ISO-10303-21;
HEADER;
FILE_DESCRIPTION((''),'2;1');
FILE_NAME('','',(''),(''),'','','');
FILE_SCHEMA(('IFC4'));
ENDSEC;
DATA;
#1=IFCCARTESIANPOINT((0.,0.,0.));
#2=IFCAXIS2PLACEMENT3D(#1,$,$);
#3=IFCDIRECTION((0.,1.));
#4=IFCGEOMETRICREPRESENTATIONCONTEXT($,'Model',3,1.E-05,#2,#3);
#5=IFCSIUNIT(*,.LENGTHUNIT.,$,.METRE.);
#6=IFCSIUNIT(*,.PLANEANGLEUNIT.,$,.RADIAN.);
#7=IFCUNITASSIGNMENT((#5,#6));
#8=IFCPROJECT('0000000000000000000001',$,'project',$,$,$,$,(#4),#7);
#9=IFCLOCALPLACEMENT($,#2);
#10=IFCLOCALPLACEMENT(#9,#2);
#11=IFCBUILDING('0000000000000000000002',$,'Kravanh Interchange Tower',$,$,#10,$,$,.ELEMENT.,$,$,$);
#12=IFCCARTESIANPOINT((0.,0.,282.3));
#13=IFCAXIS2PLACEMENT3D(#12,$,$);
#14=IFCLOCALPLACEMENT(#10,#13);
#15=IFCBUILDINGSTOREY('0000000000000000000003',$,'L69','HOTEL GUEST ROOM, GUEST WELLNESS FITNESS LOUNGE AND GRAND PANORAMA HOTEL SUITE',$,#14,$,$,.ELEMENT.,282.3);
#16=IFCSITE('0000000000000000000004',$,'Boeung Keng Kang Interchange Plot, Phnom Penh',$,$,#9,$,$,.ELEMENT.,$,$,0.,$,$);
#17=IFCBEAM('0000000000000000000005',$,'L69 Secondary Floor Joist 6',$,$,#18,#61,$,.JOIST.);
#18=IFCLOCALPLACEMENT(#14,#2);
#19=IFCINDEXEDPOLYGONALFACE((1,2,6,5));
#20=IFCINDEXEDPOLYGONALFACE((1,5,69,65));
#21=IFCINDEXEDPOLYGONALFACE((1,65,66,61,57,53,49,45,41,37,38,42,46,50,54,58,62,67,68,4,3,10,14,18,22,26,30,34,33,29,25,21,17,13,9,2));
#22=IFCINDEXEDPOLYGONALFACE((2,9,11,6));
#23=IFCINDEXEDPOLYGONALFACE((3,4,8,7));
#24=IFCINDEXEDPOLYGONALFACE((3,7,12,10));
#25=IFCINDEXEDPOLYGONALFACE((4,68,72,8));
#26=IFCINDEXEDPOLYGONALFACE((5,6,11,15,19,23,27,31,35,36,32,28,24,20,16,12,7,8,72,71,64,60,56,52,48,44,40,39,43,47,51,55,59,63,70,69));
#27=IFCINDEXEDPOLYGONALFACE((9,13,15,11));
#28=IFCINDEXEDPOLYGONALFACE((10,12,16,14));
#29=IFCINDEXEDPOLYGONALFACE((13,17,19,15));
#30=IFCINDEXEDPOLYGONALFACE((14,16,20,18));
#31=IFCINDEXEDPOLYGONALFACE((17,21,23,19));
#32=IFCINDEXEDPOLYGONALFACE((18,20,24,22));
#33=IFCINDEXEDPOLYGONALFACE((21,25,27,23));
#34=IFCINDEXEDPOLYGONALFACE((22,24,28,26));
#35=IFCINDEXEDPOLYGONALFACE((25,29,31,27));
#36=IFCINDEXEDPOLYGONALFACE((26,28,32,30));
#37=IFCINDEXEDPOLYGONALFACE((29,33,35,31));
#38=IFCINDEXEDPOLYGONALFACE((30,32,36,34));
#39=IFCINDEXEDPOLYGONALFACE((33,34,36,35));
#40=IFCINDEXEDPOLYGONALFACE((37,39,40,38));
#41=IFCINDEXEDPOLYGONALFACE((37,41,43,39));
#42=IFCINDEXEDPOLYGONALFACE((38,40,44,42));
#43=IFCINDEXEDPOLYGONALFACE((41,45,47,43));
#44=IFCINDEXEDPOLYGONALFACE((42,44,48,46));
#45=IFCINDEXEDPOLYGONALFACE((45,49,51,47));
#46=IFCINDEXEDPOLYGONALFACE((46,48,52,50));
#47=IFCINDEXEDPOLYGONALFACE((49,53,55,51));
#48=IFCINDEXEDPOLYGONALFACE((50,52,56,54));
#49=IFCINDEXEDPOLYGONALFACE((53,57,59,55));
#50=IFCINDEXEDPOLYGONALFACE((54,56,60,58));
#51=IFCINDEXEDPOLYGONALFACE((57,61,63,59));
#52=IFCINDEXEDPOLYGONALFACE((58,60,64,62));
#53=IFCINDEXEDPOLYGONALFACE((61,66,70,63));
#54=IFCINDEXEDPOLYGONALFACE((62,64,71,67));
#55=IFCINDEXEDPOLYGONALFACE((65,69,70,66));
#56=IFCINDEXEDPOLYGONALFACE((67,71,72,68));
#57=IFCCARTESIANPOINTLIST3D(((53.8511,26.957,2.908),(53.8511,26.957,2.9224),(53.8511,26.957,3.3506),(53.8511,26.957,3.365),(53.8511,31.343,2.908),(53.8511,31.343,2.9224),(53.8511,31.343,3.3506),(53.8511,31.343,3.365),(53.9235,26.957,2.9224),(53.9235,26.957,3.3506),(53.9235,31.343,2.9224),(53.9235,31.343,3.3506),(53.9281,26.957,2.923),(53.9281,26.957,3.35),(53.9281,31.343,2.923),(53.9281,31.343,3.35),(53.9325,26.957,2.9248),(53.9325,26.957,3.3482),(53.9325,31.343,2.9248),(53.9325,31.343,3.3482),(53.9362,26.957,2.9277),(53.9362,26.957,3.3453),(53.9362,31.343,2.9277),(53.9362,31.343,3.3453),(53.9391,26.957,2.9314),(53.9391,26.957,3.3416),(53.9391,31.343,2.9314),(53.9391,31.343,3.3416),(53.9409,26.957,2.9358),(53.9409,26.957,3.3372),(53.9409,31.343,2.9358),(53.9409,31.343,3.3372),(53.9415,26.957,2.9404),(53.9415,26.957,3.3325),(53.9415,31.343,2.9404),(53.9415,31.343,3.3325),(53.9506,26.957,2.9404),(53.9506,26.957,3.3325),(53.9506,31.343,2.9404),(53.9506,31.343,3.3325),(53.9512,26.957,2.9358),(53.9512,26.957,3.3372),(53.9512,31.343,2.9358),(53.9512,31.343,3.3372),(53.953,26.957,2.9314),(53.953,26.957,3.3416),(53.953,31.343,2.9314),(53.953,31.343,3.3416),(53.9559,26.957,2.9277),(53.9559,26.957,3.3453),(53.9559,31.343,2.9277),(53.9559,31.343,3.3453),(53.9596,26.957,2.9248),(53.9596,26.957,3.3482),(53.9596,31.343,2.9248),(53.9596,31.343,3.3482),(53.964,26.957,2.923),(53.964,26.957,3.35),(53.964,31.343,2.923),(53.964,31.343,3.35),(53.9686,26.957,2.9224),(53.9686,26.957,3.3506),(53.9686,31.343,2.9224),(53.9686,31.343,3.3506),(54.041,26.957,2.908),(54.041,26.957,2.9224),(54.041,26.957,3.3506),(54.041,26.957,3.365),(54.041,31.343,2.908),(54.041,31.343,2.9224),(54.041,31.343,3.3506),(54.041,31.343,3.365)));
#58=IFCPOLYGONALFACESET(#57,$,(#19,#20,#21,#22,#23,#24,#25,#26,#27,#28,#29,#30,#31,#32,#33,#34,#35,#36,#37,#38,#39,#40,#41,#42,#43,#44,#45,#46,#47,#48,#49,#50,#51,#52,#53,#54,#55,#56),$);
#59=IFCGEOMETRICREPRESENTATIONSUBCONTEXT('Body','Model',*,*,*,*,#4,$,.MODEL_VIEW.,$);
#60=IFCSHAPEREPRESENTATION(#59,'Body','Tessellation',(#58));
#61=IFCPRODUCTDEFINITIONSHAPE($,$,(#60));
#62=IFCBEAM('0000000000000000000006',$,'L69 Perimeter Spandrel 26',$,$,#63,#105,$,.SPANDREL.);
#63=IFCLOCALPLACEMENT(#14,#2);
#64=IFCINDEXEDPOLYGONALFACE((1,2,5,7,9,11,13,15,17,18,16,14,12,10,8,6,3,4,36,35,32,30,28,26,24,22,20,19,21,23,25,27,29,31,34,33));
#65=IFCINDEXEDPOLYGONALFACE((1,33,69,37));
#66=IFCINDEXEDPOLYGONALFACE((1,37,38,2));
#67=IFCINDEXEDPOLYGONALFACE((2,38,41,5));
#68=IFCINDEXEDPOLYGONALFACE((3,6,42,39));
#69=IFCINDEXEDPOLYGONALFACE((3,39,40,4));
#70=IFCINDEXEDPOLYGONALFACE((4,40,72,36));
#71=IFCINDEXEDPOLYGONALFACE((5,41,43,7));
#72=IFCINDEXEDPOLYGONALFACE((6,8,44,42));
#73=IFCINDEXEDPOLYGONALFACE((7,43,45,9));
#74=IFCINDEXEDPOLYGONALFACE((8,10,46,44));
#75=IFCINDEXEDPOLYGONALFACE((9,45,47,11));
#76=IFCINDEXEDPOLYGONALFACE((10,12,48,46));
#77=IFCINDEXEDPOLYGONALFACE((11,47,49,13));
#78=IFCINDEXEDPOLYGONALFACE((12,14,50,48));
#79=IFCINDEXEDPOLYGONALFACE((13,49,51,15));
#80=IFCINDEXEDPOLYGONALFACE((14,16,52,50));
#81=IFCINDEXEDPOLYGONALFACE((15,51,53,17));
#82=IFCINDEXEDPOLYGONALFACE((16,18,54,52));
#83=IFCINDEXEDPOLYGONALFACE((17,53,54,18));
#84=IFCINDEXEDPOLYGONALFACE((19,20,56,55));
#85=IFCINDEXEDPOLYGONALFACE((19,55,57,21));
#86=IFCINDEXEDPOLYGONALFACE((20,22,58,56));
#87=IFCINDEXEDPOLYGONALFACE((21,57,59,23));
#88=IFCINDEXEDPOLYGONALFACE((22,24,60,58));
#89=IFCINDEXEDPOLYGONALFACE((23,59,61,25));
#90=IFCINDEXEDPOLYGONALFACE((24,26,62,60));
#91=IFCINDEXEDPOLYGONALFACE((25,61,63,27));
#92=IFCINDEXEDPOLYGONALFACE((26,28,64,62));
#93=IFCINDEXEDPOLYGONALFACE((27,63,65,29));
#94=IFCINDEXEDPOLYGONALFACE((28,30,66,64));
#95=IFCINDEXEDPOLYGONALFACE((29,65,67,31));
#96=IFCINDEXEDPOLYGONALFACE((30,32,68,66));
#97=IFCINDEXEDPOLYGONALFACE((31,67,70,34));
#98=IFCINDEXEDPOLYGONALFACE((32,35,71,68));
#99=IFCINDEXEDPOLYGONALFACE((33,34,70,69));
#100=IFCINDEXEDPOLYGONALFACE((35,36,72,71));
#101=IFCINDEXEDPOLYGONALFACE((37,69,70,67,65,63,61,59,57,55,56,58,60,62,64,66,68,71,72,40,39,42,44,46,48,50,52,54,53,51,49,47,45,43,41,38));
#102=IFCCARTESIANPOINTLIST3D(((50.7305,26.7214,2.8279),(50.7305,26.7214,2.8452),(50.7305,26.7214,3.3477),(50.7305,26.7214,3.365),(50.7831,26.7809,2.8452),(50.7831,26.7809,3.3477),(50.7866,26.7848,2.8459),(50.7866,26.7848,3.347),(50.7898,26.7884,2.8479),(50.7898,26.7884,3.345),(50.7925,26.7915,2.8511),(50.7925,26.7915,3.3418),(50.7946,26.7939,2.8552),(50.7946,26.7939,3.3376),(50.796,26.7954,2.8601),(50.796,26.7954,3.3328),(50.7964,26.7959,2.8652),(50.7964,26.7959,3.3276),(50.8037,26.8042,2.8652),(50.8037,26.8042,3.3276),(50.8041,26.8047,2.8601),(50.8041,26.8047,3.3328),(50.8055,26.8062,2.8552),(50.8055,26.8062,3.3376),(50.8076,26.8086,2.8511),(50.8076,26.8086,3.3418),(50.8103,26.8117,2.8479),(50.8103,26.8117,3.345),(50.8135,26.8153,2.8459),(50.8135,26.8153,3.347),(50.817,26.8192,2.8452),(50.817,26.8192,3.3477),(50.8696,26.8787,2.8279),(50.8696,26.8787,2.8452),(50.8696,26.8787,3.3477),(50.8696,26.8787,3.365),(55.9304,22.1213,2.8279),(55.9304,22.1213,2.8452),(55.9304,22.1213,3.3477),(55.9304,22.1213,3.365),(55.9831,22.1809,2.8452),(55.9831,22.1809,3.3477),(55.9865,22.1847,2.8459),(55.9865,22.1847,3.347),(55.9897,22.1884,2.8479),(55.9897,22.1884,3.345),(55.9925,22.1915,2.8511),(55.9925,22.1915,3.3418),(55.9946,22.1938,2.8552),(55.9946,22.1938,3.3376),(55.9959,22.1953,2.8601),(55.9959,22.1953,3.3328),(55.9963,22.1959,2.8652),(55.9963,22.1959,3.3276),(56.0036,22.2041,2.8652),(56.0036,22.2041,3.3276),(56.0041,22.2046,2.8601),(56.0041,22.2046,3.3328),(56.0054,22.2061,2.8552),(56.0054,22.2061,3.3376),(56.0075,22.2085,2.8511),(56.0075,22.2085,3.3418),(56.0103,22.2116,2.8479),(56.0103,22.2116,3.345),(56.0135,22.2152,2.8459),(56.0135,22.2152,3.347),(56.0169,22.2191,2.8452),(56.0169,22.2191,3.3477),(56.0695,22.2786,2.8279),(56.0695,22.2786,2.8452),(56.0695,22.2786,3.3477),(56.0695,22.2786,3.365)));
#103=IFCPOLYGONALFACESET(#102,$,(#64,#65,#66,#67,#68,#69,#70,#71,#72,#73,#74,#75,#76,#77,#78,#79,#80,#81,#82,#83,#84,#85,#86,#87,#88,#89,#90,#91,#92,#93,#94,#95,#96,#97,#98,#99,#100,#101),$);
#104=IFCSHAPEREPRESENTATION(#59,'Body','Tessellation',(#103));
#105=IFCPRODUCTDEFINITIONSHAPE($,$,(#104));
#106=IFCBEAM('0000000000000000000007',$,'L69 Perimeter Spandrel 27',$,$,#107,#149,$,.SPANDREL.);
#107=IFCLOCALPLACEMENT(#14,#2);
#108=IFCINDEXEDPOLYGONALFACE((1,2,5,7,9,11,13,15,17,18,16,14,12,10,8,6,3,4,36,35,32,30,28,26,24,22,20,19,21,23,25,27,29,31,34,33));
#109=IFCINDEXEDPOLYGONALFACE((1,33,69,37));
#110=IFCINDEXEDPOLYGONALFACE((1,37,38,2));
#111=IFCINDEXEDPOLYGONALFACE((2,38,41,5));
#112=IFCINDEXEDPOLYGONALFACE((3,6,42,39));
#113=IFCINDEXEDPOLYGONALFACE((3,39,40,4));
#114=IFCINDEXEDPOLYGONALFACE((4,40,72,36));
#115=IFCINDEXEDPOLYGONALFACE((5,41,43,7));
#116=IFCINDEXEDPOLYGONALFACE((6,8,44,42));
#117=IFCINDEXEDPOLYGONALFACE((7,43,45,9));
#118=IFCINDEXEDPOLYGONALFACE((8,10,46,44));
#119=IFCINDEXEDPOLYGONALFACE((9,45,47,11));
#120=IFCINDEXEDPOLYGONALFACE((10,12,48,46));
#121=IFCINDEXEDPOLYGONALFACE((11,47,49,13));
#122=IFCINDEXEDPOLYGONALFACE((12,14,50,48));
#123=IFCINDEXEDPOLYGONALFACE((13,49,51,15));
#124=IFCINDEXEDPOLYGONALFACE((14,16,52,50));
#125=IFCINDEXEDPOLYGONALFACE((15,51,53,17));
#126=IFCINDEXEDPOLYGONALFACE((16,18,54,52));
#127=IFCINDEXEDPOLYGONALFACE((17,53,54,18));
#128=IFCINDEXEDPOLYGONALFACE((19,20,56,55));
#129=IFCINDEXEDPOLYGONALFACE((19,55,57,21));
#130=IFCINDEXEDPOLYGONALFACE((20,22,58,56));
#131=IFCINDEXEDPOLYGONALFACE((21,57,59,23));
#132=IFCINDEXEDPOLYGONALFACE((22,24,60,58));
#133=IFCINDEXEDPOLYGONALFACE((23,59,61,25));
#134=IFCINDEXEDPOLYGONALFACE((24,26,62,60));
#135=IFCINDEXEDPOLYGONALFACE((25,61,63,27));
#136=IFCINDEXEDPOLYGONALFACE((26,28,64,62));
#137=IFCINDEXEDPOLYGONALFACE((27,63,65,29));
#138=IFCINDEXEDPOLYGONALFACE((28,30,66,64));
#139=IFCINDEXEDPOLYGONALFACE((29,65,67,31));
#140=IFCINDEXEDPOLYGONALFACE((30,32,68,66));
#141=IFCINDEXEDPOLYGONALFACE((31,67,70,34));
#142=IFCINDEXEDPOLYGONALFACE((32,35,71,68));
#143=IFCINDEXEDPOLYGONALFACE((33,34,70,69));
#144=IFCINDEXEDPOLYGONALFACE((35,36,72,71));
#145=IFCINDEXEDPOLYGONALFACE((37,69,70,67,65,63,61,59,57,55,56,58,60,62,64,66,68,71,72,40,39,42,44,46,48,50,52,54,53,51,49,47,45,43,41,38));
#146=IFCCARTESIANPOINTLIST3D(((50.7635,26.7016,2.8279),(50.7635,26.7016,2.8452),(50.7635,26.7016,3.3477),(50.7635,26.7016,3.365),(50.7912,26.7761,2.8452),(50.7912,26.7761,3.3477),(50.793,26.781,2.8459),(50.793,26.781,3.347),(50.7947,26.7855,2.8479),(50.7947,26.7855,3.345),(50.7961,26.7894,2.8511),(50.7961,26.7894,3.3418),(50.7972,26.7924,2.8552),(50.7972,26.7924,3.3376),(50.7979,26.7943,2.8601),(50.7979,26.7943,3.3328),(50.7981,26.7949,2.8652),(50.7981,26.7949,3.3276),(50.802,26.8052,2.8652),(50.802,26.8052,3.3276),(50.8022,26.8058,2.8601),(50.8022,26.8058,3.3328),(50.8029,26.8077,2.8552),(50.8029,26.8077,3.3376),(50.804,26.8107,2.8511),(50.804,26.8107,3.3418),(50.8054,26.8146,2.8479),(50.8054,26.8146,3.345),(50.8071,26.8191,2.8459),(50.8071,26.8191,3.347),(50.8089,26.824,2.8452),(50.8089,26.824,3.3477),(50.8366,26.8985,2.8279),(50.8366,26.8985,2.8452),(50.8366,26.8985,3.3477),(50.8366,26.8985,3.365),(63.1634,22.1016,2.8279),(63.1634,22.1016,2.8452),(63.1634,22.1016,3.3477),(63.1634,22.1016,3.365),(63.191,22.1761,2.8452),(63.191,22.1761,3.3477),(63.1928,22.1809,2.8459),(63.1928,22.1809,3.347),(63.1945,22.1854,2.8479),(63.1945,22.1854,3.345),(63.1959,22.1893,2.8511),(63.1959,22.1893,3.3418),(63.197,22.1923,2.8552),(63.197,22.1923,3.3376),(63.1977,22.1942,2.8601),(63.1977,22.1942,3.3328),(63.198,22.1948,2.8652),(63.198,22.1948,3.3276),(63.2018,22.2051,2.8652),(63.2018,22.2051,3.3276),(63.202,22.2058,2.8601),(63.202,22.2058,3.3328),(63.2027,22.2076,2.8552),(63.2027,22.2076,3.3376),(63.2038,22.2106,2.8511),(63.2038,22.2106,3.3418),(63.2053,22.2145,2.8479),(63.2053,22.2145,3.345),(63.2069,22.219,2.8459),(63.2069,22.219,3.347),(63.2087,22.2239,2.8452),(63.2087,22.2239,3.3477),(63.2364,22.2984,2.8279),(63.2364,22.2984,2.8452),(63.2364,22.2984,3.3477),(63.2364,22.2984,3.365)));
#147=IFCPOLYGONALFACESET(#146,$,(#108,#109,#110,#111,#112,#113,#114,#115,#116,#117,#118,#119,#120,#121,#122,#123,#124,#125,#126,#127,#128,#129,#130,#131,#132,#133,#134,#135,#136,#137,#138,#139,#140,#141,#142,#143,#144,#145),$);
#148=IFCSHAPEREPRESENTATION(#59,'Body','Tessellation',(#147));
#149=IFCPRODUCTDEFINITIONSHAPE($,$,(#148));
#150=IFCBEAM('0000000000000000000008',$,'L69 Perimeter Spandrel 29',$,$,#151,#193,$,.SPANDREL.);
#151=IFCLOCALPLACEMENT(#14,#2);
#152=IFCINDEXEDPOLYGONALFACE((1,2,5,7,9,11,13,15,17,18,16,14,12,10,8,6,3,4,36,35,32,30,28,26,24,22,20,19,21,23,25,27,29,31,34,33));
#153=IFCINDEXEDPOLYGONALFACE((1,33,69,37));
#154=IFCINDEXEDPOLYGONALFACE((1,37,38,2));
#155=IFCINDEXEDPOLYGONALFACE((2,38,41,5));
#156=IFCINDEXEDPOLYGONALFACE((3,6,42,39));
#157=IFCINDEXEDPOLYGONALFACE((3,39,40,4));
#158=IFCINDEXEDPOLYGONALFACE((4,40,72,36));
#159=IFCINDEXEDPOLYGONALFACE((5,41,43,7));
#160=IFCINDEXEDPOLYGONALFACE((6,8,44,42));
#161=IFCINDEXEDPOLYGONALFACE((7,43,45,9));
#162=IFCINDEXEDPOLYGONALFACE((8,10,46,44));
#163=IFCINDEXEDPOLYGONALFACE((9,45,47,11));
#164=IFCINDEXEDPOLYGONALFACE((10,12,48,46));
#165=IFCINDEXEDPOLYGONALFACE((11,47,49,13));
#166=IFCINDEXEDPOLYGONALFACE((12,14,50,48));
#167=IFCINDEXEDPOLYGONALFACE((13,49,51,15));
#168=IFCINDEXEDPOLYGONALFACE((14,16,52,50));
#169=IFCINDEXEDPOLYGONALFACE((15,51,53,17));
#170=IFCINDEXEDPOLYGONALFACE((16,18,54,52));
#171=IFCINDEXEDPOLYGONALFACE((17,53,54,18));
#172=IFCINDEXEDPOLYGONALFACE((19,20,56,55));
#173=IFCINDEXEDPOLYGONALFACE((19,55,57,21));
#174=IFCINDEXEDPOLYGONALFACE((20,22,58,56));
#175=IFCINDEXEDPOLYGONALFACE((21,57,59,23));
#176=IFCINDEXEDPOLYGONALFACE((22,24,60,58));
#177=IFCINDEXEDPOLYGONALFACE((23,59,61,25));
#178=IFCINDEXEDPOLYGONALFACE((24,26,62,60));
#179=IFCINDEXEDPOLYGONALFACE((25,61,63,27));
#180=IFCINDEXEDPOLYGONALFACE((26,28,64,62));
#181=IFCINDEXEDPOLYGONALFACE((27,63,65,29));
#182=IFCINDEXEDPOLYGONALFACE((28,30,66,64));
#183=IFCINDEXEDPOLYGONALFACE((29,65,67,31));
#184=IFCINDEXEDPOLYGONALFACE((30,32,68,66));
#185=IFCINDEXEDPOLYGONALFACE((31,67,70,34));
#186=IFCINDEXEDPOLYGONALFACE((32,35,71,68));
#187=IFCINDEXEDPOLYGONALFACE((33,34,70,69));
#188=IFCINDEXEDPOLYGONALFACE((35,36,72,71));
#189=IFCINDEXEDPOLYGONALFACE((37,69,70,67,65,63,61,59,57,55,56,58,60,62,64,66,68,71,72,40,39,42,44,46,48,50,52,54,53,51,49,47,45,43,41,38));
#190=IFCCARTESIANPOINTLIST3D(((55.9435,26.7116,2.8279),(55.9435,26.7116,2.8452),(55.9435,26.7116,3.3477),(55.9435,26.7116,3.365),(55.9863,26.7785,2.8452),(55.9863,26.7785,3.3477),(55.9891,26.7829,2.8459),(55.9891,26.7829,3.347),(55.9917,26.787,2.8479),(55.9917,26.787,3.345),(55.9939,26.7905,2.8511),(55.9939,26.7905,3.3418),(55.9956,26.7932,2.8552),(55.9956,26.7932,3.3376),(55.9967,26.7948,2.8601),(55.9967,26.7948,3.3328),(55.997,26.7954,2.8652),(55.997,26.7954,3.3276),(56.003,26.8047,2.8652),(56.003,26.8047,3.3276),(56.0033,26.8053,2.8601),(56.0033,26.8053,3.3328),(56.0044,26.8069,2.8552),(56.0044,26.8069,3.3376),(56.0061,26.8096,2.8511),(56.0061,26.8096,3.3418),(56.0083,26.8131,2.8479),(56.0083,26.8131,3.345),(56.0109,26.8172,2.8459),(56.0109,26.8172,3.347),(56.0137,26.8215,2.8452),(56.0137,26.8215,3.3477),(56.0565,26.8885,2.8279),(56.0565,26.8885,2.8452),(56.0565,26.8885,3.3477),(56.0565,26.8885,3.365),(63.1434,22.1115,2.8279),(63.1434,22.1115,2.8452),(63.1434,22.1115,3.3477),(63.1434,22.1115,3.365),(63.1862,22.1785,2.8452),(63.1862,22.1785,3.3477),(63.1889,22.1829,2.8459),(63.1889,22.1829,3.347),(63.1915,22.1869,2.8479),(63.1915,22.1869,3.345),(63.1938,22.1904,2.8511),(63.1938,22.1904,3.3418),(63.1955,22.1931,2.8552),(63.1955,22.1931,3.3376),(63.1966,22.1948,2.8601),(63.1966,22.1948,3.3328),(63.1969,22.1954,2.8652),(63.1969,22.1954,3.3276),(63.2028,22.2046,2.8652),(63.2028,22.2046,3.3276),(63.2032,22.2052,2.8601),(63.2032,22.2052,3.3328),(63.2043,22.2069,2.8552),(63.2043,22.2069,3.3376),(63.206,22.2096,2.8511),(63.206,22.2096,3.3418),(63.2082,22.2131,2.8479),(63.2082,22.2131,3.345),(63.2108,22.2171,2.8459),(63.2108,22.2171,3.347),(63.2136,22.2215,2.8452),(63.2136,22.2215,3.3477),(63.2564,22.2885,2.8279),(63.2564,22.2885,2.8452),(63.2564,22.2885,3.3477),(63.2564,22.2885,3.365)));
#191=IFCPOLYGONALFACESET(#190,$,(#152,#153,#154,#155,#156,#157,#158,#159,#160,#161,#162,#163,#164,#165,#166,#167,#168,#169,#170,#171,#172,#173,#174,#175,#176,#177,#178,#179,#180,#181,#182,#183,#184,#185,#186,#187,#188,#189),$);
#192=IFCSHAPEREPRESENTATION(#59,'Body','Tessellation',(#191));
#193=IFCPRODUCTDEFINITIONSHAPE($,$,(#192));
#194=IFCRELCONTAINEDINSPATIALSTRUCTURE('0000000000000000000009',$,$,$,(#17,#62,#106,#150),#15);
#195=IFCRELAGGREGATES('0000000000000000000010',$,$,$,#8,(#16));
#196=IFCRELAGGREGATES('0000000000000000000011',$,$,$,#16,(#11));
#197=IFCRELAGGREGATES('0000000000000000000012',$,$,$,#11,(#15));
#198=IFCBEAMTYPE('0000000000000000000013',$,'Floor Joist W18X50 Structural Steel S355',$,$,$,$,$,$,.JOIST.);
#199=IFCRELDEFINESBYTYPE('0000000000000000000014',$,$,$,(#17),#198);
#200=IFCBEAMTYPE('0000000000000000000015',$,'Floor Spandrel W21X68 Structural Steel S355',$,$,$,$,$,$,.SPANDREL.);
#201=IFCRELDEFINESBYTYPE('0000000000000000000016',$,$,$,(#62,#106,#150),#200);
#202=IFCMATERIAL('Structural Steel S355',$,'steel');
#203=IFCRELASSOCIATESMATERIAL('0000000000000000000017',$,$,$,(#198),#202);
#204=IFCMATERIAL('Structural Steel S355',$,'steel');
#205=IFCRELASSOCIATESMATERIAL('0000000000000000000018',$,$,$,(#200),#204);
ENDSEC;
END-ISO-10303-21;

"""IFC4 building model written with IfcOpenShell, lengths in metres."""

from ifc_helpers import new_model, si_unit, direction, frame, origin, origin_2d, place, context, subcontext, project, spatial, i_section, extrude, material, material_profile, profile_set, type_object, element, save


model = new_model("IFC4")

# Units and contexts
model_context = context("Model", 3, precision=1e-05, world=origin(), true_north=direction((0.0, 1.0)))
body_context = subcontext(model_context, "Body", "Model", "MODEL_VIEW")
ifc_project = project(units=[si_unit("LENGTHUNIT", "METRE"), si_unit("PLANEANGLEUNIT", "RADIAN")], contexts=[model_context])

# Site, building, storey
site_placement = place(None, origin())
site = spatial("IfcSite", under=ifc_project, at=site_placement, Name="Boeung Keng Kang Interchange Plot, Phnom Penh", CompositionType="ELEMENT", RefElevation=0.0)
building_placement = place(site_placement, origin())
building = spatial("IfcBuilding", under=site, at=building_placement, Name="Kravanh Interchange Tower", CompositionType="ELEMENT")
storey_placement = place(building_placement, frame((0.0, 0.0, 282.3)))
storey = spatial("IfcBuildingStorey", under=building, at=storey_placement, Name="L69", Description="HOTEL GUEST ROOM, GUEST WELLNESS FITNESS LOUNGE AND GRAND PANORAMA HOTEL SUITE", CompositionType="ELEMENT", Elevation=282.3)

# Beams
ifc_material_1 = material(Name="Structural Steel S355", Category="steel")
ifc_material_profile_1 = material_profile(ifc_material_1, i_section(OverallWidth=0.1899, OverallDepth=0.457, WebThickness=0.009, FlangeThickness=0.0144, FilletRadius=0.0181, at=origin_2d()), Name="W18X50")
ifc_profile_set_1 = profile_set([ifc_material_profile_1], Name="Structural Steel S355")
beam_type_1 = type_object("IfcBeamType", Name="Floor Joist W18X50 Structural Steel S355", PredefinedType="JOIST", material=ifc_profile_set_1)
for number, where, z_axis, x_axis, name in (
    (1, (53.946, 26.957, 3.1365), (0.0, 1.0, 0.0), (-1.0, 0.0, 0.0), "L69 Secondary Floor Joist 6"),
):
    element("IfcBeam", number, at=place(storey_placement, frame(where, z_axis=z_axis, x_axis=x_axis)), inside=storey, type_object=beam_type_1, Name=name, PredefinedType="JOIST", context=body_context, shape_type="SweptSolid", body=[
        extrude(i_section(OverallWidth=0.1899, OverallDepth=0.457, WebThickness=0.009, FlangeThickness=0.0144, FilletRadius=0.0181, at=origin_2d()), origin(), (0.0, 0.0, 1.0), 4.386),
    ])
ifc_material_2 = material(Name="Structural Steel S355", Category="steel")
ifc_material_profile_2 = material_profile(ifc_material_2, i_section(OverallWidth=0.21, OverallDepth=0.5371, WebThickness=0.011, FlangeThickness=0.0173, FilletRadius=0.02, at=origin_2d()), Name="W21X68")
ifc_profile_set_2 = profile_set([ifc_material_profile_2], Name="Structural Steel S355")
beam_type_2 = type_object("IfcBeamType", Name="Floor Spandrel W21X68 Structural Steel S355", PredefinedType="SPANDREL", material=ifc_profile_set_2)
beam_1_placement = place(storey_placement, frame((50.8, 26.8, 3.0964), z_axis=(0.748986, -0.662585, 0.0), x_axis=(0.662585, 0.748986, 0.0)))
element("IfcBeam", 2, at=beam_1_placement, inside=storey, type_object=beam_type_2, Name="L69 Perimeter Spandrel 26", PredefinedType="SPANDREL", context=body_context, shape_type="SweptSolid", body=[
    extrude(i_section(OverallWidth=0.21, OverallDepth=0.5371, WebThickness=0.011, FlangeThickness=0.0173, FilletRadius=0.02, at=origin_2d()), origin(), (0.0, 0.0, 1.0), 6.9426),
])
beam_2_placement = place(storey_placement, frame((50.8, 26.8, 3.0964), z_axis=(0.937563, -0.347816, 0.0), x_axis=(0.347816, 0.937563, 0.0)))
element("IfcBeam", 3, at=beam_2_placement, inside=storey, type_object=beam_type_2, Name="L69 Perimeter Spandrel 27", PredefinedType="SPANDREL", context=body_context, shape_type="SweptSolid", body=[
    extrude(i_section(OverallWidth=0.21, OverallDepth=0.5371, WebThickness=0.011, FlangeThickness=0.0173, FilletRadius=0.02, at=origin_2d()), origin(), (0.0, 0.0, 1.0), 13.2256),
])
beam_3_placement = place(storey_placement, frame((56.0, 26.8, 3.0964), z_axis=(0.842689, -0.5384, 0.0), x_axis=(0.5384, 0.842689, 0.0)))
element("IfcBeam", 4, at=beam_3_placement, inside=storey, type_object=beam_type_2, Name="L69 Perimeter Spandrel 29", PredefinedType="SPANDREL", context=body_context, shape_type="SweptSolid", body=[
    extrude(i_section(OverallWidth=0.21, OverallDepth=0.5371, WebThickness=0.011, FlangeThickness=0.0173, FilletRadius=0.02, at=origin_2d()), origin(), (0.0, 0.0, 1.0), 8.5439),
])

save(model, "model.ifc")
